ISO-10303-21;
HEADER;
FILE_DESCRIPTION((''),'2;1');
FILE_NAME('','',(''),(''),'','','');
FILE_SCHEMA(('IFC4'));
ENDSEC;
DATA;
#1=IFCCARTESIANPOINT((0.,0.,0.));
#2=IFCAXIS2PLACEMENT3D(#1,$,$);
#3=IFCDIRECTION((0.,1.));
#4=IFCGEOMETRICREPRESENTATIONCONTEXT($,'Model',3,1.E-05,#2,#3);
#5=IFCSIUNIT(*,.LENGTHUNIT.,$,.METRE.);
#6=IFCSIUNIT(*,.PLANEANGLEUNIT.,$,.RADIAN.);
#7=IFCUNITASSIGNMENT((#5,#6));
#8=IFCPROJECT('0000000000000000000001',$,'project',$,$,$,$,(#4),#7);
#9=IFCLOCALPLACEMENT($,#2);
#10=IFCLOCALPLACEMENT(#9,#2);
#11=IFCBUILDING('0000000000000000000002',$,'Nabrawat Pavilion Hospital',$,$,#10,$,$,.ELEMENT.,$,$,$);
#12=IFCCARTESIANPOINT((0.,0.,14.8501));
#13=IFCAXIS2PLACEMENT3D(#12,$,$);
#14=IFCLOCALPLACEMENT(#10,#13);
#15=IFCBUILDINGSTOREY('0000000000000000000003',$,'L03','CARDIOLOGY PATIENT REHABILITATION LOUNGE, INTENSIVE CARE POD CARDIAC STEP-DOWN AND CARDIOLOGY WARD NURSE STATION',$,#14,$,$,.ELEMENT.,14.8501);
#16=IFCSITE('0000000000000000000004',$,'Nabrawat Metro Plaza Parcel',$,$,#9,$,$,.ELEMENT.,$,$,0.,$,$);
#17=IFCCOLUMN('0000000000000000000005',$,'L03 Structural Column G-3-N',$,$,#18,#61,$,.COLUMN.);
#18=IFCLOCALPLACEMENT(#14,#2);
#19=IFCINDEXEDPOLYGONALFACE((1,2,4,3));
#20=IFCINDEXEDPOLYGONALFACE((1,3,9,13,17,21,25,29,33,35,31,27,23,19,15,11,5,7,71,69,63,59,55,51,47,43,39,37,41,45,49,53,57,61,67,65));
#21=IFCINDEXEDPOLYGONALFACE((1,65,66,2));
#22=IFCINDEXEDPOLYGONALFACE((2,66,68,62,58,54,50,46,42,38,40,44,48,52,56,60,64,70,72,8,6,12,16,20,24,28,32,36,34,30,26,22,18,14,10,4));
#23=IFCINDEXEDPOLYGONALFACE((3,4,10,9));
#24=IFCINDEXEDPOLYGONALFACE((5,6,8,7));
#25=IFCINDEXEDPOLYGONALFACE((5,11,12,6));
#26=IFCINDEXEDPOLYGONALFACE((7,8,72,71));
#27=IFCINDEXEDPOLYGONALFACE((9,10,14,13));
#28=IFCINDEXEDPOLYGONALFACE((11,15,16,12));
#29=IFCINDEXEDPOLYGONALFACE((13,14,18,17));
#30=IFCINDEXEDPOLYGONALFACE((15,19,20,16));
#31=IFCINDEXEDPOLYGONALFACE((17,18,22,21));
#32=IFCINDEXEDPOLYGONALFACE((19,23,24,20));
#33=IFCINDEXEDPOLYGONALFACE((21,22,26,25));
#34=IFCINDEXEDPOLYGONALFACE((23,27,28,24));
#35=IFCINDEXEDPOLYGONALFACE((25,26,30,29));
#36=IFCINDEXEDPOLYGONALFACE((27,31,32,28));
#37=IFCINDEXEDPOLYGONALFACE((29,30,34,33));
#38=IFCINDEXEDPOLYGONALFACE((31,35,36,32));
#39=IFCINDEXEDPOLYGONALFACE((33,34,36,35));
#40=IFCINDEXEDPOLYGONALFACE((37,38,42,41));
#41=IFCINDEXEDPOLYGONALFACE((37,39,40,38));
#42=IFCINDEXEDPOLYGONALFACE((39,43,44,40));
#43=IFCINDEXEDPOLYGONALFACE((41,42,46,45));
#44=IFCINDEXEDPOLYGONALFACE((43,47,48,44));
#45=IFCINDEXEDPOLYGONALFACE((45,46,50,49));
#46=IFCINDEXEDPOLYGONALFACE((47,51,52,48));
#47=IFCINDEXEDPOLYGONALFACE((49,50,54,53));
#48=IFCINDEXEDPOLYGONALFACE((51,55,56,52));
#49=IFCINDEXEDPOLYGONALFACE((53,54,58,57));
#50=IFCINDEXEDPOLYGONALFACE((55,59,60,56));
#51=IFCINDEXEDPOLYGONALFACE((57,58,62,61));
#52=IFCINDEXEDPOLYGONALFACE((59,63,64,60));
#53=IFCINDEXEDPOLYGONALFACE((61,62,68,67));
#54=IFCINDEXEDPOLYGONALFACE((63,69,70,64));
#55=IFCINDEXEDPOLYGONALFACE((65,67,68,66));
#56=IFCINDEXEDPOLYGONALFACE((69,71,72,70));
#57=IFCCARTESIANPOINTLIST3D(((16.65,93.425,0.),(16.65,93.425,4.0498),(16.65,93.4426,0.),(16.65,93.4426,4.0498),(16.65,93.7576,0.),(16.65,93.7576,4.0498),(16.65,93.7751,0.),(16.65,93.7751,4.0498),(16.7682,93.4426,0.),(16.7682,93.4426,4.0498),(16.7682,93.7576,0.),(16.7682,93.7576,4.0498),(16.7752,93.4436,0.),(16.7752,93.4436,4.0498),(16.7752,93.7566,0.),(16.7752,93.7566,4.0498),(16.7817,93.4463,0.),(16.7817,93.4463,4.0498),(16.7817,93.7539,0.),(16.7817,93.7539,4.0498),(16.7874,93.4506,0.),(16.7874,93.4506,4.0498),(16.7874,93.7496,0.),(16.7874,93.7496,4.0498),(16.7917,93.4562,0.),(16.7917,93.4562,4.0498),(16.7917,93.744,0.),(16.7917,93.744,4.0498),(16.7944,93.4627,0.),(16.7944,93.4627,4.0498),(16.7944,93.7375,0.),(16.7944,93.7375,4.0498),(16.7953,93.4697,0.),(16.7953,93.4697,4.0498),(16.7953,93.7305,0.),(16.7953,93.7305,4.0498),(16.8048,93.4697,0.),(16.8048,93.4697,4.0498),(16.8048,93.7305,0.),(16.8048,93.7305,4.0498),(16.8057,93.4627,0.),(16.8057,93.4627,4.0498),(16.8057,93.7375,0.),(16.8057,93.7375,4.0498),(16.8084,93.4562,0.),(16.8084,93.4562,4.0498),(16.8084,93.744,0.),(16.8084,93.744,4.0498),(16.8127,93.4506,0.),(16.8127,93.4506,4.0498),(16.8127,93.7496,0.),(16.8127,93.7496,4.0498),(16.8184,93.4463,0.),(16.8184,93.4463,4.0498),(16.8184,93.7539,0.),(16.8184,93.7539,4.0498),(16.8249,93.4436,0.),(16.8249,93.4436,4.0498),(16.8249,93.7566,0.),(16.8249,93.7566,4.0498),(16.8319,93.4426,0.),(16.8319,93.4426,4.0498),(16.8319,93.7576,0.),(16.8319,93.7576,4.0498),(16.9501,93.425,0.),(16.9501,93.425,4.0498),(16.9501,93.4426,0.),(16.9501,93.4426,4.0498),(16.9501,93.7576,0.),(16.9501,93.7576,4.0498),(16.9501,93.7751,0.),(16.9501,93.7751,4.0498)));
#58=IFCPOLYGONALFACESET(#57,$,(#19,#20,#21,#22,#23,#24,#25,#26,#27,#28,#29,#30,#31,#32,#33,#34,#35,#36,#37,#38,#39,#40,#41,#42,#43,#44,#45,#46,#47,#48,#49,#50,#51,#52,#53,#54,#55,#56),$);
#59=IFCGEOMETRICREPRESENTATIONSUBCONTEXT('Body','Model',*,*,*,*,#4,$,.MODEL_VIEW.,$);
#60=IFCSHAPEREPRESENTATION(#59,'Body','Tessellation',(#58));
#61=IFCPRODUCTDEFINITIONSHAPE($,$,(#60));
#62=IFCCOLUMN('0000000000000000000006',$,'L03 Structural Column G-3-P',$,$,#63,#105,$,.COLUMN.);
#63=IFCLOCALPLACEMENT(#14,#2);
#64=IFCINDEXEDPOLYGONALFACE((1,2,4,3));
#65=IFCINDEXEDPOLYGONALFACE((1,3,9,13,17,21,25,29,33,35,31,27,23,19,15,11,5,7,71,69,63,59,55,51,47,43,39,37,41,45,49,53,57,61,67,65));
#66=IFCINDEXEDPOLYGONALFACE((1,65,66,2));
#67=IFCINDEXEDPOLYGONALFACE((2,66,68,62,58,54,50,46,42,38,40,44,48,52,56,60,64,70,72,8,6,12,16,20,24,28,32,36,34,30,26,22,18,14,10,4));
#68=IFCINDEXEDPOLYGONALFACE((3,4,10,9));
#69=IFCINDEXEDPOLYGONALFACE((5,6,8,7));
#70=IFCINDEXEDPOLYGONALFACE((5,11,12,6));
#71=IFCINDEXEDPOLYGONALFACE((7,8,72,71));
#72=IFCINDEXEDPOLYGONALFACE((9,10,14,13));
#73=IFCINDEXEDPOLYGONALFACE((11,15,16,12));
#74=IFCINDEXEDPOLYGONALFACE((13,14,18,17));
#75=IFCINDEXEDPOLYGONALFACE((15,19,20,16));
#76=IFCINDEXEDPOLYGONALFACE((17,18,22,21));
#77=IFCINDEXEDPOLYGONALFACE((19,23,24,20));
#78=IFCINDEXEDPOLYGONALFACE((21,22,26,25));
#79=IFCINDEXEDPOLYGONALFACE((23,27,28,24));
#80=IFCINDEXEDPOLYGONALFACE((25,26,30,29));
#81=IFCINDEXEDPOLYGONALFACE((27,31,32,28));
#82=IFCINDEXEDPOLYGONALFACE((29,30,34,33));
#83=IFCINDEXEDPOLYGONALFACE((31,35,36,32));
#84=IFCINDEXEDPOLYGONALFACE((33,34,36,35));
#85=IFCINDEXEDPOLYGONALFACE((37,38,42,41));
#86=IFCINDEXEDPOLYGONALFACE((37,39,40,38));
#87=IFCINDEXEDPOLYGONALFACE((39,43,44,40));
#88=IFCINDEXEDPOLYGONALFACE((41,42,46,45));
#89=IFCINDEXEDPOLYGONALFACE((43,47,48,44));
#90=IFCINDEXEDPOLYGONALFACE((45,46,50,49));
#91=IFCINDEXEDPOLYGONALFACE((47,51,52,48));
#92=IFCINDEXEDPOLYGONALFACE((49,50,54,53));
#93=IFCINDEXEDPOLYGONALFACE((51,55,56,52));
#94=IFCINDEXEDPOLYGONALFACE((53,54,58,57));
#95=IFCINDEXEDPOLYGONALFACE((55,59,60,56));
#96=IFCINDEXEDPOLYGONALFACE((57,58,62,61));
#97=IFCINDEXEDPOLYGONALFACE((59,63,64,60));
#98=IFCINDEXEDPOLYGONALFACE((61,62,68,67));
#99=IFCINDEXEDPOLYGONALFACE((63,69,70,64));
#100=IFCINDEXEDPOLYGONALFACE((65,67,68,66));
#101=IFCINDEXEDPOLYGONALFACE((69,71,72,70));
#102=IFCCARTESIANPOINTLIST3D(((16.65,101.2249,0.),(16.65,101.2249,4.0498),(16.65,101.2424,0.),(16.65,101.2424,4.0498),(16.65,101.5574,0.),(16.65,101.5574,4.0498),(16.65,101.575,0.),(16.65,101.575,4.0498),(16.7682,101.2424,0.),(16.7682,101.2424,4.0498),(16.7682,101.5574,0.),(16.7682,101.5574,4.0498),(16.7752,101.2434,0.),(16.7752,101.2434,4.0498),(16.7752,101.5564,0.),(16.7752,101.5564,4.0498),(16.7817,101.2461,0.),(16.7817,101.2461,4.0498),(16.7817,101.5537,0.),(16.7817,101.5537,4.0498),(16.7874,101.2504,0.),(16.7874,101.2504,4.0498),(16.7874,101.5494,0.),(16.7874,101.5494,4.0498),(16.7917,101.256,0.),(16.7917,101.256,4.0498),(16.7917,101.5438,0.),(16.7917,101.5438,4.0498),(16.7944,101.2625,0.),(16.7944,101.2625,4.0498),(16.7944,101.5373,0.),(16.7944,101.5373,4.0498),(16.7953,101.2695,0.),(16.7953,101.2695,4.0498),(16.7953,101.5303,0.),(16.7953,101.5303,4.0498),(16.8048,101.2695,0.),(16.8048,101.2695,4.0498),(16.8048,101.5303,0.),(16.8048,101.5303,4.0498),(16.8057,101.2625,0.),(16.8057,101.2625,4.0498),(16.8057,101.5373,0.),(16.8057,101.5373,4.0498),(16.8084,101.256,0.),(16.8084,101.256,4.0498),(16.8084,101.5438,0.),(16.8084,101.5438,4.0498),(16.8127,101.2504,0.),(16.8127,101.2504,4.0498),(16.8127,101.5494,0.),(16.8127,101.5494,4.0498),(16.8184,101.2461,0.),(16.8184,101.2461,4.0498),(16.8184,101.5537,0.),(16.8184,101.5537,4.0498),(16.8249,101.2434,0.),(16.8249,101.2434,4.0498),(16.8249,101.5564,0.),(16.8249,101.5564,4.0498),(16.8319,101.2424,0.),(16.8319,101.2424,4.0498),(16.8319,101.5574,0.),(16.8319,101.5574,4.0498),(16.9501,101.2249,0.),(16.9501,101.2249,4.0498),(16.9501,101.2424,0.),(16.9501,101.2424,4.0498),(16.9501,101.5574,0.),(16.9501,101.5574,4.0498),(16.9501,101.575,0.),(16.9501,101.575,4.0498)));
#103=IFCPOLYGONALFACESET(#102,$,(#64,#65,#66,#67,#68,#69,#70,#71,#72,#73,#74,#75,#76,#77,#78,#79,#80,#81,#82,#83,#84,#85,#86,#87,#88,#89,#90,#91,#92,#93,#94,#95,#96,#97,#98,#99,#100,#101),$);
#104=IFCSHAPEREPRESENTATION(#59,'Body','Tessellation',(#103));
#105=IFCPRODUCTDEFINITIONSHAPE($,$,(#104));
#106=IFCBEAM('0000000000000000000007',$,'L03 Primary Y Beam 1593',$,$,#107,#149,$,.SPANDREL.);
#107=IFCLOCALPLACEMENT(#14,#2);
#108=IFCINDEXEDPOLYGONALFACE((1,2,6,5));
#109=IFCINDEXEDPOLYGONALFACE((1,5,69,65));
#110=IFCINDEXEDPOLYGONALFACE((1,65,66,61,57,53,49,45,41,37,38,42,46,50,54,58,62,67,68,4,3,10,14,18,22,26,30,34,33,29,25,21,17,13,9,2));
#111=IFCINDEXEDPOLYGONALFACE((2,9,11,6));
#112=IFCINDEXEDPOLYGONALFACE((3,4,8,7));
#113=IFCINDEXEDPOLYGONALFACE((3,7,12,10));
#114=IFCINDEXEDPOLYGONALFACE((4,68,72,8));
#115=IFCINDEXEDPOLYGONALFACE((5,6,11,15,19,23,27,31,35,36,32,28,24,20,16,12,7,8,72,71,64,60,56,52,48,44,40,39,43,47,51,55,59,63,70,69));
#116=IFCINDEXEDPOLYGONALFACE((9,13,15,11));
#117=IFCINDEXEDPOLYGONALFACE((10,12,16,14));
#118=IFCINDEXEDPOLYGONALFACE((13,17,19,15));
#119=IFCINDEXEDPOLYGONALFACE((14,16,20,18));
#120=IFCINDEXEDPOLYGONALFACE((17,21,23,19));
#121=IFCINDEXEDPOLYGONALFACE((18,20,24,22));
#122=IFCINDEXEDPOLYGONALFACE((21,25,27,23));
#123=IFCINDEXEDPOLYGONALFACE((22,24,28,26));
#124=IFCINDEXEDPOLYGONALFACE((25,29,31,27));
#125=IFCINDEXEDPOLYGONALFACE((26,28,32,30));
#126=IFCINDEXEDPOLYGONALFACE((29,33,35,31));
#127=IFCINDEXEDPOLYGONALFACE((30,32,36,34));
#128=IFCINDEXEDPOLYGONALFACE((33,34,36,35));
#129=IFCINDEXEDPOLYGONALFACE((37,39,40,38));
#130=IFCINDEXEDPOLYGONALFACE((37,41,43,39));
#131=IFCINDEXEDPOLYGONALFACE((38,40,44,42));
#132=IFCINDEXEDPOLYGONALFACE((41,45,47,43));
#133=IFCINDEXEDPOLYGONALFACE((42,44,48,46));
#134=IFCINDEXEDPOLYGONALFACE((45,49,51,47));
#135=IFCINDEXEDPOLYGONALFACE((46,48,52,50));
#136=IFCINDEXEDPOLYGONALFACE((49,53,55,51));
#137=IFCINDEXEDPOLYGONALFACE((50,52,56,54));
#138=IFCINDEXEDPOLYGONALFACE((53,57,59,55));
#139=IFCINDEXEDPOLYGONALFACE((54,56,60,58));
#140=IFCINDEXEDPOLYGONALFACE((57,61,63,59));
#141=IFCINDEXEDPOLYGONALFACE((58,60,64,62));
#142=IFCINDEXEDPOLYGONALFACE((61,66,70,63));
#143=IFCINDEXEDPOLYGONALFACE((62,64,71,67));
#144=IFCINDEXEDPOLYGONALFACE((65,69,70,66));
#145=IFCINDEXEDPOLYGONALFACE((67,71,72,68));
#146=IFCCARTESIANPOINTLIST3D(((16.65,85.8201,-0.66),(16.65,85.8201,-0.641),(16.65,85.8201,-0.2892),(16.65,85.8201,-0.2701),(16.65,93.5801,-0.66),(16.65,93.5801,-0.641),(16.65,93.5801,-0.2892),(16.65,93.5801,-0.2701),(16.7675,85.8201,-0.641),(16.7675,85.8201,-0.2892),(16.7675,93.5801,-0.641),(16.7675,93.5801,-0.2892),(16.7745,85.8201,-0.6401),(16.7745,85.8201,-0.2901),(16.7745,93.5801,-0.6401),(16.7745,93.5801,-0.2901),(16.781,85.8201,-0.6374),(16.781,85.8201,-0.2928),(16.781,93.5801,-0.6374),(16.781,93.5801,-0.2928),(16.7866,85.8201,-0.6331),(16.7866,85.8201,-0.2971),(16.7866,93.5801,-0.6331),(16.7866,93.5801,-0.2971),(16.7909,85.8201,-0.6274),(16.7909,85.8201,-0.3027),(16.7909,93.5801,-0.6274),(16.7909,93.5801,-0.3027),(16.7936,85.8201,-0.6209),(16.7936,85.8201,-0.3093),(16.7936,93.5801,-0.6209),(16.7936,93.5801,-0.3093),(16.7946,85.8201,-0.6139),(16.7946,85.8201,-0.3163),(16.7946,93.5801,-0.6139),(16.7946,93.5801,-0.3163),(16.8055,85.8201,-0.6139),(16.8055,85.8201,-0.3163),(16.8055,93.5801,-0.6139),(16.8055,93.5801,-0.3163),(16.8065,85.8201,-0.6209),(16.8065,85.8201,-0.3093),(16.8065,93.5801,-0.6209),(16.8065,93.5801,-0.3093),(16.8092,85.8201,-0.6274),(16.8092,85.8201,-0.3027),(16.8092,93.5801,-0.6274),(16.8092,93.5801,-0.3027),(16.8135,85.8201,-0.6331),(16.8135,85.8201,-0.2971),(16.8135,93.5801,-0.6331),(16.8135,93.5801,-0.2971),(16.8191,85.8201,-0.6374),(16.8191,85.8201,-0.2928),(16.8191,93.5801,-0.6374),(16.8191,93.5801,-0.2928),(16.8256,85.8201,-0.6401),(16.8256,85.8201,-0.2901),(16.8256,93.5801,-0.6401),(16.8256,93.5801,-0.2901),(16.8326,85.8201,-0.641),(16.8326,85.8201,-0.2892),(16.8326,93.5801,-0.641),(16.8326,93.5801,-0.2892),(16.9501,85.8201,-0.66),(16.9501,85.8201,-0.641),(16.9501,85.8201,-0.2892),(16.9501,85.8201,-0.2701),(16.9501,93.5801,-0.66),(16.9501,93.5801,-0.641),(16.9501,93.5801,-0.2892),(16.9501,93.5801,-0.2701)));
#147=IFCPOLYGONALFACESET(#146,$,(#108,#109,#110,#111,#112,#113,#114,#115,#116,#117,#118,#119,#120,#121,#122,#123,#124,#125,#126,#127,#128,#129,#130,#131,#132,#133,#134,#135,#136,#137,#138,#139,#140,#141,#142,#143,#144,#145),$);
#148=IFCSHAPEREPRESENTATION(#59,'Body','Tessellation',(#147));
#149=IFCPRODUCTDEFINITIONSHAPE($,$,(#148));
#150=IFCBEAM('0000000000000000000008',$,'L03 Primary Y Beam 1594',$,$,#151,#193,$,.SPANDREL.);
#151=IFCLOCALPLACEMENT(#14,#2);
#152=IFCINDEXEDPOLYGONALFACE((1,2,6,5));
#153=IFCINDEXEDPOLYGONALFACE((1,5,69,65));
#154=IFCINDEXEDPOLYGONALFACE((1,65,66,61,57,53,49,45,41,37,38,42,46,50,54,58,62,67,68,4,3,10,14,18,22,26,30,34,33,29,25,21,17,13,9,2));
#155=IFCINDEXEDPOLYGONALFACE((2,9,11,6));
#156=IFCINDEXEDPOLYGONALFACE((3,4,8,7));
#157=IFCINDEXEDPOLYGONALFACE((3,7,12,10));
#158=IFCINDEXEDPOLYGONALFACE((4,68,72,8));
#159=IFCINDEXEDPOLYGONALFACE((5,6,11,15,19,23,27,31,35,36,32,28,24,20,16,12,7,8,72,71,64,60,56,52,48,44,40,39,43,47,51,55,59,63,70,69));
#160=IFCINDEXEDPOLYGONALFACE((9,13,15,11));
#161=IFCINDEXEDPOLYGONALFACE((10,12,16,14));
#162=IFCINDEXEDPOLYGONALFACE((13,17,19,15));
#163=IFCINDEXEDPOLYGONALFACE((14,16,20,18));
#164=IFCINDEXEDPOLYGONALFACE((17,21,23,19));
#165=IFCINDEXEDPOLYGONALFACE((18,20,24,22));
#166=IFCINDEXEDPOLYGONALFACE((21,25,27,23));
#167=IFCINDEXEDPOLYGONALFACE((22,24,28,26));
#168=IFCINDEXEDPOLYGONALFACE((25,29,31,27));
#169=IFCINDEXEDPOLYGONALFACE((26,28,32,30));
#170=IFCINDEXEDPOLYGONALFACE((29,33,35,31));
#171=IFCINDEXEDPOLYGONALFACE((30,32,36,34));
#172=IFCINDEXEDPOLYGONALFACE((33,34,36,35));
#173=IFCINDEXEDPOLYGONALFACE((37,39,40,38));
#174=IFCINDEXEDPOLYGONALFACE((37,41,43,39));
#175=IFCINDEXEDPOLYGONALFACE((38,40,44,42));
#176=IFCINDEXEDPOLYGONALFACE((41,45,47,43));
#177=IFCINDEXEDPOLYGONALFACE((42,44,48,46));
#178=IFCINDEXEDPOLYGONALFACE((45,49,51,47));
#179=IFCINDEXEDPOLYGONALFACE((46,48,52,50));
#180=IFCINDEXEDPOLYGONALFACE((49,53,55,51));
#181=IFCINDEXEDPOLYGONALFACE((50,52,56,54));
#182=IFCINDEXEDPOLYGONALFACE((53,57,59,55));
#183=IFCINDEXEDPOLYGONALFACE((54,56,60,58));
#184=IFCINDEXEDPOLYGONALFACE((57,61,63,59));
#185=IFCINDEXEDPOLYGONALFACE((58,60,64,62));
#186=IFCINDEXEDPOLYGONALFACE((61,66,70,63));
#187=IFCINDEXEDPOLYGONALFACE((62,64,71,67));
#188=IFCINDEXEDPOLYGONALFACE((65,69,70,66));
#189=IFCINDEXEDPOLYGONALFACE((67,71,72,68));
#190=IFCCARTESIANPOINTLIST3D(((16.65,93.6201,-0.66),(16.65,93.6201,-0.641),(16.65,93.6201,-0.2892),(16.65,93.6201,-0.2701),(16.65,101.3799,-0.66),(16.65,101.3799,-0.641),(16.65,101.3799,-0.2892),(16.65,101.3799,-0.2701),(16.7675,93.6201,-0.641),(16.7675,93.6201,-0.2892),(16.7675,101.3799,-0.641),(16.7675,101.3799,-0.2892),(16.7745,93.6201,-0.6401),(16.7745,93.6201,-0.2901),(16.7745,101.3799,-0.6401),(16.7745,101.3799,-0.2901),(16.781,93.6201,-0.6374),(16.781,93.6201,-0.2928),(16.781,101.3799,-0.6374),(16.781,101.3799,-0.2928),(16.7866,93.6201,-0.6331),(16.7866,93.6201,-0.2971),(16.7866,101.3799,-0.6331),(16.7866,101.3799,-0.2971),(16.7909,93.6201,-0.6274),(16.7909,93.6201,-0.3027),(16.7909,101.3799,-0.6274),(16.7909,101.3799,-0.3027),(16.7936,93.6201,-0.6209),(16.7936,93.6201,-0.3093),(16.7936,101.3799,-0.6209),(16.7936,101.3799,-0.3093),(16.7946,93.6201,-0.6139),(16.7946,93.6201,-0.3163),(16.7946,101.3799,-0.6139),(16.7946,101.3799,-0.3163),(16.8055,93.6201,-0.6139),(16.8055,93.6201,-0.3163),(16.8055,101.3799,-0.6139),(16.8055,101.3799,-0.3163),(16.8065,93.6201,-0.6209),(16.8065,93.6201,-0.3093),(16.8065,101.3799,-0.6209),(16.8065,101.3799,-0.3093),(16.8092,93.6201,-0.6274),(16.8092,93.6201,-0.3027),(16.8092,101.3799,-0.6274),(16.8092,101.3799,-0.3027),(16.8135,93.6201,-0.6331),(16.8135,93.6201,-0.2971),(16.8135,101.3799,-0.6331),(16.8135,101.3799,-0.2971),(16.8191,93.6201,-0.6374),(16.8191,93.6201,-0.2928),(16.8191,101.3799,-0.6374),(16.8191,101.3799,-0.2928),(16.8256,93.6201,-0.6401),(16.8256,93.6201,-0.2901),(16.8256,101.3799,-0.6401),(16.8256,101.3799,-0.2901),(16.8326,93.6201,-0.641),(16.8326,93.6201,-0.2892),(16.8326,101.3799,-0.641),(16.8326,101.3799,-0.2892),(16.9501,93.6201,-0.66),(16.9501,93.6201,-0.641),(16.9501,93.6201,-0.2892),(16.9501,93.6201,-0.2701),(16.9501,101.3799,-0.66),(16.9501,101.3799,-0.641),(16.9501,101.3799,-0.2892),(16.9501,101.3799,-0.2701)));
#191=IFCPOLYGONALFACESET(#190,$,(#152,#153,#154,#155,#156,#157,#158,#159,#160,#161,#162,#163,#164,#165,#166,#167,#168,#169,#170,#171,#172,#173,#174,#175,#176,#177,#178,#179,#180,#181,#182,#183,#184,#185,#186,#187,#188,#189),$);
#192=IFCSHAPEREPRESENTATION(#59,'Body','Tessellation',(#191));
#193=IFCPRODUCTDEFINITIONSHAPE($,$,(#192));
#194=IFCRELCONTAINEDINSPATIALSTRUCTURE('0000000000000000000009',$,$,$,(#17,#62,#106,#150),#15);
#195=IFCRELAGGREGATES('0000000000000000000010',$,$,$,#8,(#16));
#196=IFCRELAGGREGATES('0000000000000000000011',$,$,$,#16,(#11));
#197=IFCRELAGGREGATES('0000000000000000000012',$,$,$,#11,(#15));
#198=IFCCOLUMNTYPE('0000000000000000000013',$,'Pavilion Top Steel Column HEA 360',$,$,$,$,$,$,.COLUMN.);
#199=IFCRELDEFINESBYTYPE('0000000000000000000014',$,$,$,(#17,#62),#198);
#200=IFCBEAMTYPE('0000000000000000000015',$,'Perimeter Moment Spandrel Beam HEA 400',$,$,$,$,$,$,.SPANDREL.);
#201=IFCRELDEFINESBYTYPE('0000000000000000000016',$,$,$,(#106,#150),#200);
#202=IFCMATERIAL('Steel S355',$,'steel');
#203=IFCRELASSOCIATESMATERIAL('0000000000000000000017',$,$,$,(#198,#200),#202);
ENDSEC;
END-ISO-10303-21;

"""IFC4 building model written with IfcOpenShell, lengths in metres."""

from ifc_helpers import new_model, si_unit, direction, frame, origin, origin_2d, place, context, subcontext, project, spatial, i_section, extrude, material, material_profile, profile_set, type_object, element, save


model = new_model("IFC4")

# Units and contexts
model_context = context("Model", 3, precision=1e-05, world=origin(), true_north=direction((0.0, 1.0)))
body_context = subcontext(model_context, "Body", "Model", "MODEL_VIEW")
ifc_project = project(units=[si_unit("LENGTHUNIT", "METRE"), si_unit("PLANEANGLEUNIT", "RADIAN")], contexts=[model_context])

# Site, building, storey
site_placement = place(None, origin())
site = spatial("IfcSite", under=ifc_project, at=site_placement, Name="Nabrawat Metro Plaza Parcel", CompositionType="ELEMENT", RefElevation=0.0)
building_placement = place(site_placement, origin())
building = spatial("IfcBuilding", under=site, at=building_placement, Name="Nabrawat Pavilion Hospital", CompositionType="ELEMENT")
storey_placement = place(building_placement, frame((0.0, 0.0, 14.8501)))
storey = spatial("IfcBuildingStorey", under=building, at=storey_placement, Name="L03", Description="CARDIOLOGY PATIENT REHABILITATION LOUNGE, INTENSIVE CARE POD CARDIAC STEP-DOWN AND CARDIOLOGY WARD NURSE STATION", CompositionType="ELEMENT", Elevation=14.8501)

# Columns
ifc_material_1 = material(Name="Steel S355", Category="steel")
ifc_material_profile_1 = material_profile(ifc_material_1, i_section(OverallWidth=0.3, OverallDepth=0.3501, WebThickness=0.0095, FlangeThickness=0.0176, FilletRadius=0.0271, at=origin_2d()), Name="HEA 360")
ifc_profile_set_1 = profile_set([ifc_material_profile_1], Name="Steel S355")
column_type = type_object("IfcColumnType", Name="Pavilion Top Steel Column HEA 360", PredefinedType="COLUMN", material=ifc_profile_set_1)
for number, where, z_axis, x_axis, name in (
    (1, (16.8, 93.6001, 0.0), (0.0, 0.0, 1.0), (1.0, 0.0, 0.0), "L03 Structural Column G-3-N"),
    (2, (16.8, 101.3999, 0.0), (0.0, 0.0, 1.0), (1.0, 0.0, 0.0), "L03 Structural Column G-3-P"),
):
    element("IfcColumn", number, at=place(storey_placement, frame(where, z_axis=z_axis, x_axis=x_axis)), inside=storey, type_object=column_type, Name=name, PredefinedType="COLUMN", context=body_context, shape_type="SweptSolid", body=[
        extrude(i_section(OverallWidth=0.3, OverallDepth=0.3501, WebThickness=0.0095, FlangeThickness=0.0176, FilletRadius=0.0271, at=origin_2d()), origin(), (0.0, 0.0, 1.0), 4.0498),
    ])

# Beams
ifc_material_profile_2 = material_profile(ifc_material_1, i_section(OverallWidth=0.3, OverallDepth=0.3899, WebThickness=0.011, FlangeThickness=0.019, FilletRadius=0.0271, at=origin_2d()), Name="HEA 400")
ifc_profile_set_2 = profile_set([ifc_material_profile_2], Name="Steel S355")
beam_type_1 = type_object("IfcBeamType", Name="Perimeter Moment Spandrel Beam HEA 400", PredefinedType="SPANDREL", material=ifc_profile_set_2)
beam_1_placement = place(storey_placement, frame((16.8, 85.8201, -0.4651), z_axis=(0.0, 1.0, 0.0), x_axis=(-1.0, 0.0, 0.0)))
element("IfcBeam", 3, at=beam_1_placement, inside=storey, type_object=beam_type_1, Name="L03 Primary Y Beam 1593", PredefinedType="SPANDREL", context=body_context, shape_type="SweptSolid", body=[
    extrude(i_section(OverallWidth=0.3, OverallDepth=0.3899, WebThickness=0.011, FlangeThickness=0.019, FilletRadius=0.0271, at=origin_2d()), origin(), (0.0, 0.0, 1.0), 7.76),
])
beam_2_placement = place(storey_placement, frame((16.8, 93.6201, -0.4651), z_axis=(0.0, 1.0, 0.0), x_axis=(-1.0, 0.0, 0.0)))
element("IfcBeam", 4, at=beam_2_placement, inside=storey, type_object=beam_type_1, Name="L03 Primary Y Beam 1594", PredefinedType="SPANDREL", context=body_context, shape_type="SweptSolid", body=[
    extrude(i_section(OverallWidth=0.3, OverallDepth=0.3899, WebThickness=0.011, FlangeThickness=0.019, FilletRadius=0.0271, at=origin_2d()), origin(), (0.0, 0.0, 1.0), 7.7598),
])

save(model, "model.ifc")
